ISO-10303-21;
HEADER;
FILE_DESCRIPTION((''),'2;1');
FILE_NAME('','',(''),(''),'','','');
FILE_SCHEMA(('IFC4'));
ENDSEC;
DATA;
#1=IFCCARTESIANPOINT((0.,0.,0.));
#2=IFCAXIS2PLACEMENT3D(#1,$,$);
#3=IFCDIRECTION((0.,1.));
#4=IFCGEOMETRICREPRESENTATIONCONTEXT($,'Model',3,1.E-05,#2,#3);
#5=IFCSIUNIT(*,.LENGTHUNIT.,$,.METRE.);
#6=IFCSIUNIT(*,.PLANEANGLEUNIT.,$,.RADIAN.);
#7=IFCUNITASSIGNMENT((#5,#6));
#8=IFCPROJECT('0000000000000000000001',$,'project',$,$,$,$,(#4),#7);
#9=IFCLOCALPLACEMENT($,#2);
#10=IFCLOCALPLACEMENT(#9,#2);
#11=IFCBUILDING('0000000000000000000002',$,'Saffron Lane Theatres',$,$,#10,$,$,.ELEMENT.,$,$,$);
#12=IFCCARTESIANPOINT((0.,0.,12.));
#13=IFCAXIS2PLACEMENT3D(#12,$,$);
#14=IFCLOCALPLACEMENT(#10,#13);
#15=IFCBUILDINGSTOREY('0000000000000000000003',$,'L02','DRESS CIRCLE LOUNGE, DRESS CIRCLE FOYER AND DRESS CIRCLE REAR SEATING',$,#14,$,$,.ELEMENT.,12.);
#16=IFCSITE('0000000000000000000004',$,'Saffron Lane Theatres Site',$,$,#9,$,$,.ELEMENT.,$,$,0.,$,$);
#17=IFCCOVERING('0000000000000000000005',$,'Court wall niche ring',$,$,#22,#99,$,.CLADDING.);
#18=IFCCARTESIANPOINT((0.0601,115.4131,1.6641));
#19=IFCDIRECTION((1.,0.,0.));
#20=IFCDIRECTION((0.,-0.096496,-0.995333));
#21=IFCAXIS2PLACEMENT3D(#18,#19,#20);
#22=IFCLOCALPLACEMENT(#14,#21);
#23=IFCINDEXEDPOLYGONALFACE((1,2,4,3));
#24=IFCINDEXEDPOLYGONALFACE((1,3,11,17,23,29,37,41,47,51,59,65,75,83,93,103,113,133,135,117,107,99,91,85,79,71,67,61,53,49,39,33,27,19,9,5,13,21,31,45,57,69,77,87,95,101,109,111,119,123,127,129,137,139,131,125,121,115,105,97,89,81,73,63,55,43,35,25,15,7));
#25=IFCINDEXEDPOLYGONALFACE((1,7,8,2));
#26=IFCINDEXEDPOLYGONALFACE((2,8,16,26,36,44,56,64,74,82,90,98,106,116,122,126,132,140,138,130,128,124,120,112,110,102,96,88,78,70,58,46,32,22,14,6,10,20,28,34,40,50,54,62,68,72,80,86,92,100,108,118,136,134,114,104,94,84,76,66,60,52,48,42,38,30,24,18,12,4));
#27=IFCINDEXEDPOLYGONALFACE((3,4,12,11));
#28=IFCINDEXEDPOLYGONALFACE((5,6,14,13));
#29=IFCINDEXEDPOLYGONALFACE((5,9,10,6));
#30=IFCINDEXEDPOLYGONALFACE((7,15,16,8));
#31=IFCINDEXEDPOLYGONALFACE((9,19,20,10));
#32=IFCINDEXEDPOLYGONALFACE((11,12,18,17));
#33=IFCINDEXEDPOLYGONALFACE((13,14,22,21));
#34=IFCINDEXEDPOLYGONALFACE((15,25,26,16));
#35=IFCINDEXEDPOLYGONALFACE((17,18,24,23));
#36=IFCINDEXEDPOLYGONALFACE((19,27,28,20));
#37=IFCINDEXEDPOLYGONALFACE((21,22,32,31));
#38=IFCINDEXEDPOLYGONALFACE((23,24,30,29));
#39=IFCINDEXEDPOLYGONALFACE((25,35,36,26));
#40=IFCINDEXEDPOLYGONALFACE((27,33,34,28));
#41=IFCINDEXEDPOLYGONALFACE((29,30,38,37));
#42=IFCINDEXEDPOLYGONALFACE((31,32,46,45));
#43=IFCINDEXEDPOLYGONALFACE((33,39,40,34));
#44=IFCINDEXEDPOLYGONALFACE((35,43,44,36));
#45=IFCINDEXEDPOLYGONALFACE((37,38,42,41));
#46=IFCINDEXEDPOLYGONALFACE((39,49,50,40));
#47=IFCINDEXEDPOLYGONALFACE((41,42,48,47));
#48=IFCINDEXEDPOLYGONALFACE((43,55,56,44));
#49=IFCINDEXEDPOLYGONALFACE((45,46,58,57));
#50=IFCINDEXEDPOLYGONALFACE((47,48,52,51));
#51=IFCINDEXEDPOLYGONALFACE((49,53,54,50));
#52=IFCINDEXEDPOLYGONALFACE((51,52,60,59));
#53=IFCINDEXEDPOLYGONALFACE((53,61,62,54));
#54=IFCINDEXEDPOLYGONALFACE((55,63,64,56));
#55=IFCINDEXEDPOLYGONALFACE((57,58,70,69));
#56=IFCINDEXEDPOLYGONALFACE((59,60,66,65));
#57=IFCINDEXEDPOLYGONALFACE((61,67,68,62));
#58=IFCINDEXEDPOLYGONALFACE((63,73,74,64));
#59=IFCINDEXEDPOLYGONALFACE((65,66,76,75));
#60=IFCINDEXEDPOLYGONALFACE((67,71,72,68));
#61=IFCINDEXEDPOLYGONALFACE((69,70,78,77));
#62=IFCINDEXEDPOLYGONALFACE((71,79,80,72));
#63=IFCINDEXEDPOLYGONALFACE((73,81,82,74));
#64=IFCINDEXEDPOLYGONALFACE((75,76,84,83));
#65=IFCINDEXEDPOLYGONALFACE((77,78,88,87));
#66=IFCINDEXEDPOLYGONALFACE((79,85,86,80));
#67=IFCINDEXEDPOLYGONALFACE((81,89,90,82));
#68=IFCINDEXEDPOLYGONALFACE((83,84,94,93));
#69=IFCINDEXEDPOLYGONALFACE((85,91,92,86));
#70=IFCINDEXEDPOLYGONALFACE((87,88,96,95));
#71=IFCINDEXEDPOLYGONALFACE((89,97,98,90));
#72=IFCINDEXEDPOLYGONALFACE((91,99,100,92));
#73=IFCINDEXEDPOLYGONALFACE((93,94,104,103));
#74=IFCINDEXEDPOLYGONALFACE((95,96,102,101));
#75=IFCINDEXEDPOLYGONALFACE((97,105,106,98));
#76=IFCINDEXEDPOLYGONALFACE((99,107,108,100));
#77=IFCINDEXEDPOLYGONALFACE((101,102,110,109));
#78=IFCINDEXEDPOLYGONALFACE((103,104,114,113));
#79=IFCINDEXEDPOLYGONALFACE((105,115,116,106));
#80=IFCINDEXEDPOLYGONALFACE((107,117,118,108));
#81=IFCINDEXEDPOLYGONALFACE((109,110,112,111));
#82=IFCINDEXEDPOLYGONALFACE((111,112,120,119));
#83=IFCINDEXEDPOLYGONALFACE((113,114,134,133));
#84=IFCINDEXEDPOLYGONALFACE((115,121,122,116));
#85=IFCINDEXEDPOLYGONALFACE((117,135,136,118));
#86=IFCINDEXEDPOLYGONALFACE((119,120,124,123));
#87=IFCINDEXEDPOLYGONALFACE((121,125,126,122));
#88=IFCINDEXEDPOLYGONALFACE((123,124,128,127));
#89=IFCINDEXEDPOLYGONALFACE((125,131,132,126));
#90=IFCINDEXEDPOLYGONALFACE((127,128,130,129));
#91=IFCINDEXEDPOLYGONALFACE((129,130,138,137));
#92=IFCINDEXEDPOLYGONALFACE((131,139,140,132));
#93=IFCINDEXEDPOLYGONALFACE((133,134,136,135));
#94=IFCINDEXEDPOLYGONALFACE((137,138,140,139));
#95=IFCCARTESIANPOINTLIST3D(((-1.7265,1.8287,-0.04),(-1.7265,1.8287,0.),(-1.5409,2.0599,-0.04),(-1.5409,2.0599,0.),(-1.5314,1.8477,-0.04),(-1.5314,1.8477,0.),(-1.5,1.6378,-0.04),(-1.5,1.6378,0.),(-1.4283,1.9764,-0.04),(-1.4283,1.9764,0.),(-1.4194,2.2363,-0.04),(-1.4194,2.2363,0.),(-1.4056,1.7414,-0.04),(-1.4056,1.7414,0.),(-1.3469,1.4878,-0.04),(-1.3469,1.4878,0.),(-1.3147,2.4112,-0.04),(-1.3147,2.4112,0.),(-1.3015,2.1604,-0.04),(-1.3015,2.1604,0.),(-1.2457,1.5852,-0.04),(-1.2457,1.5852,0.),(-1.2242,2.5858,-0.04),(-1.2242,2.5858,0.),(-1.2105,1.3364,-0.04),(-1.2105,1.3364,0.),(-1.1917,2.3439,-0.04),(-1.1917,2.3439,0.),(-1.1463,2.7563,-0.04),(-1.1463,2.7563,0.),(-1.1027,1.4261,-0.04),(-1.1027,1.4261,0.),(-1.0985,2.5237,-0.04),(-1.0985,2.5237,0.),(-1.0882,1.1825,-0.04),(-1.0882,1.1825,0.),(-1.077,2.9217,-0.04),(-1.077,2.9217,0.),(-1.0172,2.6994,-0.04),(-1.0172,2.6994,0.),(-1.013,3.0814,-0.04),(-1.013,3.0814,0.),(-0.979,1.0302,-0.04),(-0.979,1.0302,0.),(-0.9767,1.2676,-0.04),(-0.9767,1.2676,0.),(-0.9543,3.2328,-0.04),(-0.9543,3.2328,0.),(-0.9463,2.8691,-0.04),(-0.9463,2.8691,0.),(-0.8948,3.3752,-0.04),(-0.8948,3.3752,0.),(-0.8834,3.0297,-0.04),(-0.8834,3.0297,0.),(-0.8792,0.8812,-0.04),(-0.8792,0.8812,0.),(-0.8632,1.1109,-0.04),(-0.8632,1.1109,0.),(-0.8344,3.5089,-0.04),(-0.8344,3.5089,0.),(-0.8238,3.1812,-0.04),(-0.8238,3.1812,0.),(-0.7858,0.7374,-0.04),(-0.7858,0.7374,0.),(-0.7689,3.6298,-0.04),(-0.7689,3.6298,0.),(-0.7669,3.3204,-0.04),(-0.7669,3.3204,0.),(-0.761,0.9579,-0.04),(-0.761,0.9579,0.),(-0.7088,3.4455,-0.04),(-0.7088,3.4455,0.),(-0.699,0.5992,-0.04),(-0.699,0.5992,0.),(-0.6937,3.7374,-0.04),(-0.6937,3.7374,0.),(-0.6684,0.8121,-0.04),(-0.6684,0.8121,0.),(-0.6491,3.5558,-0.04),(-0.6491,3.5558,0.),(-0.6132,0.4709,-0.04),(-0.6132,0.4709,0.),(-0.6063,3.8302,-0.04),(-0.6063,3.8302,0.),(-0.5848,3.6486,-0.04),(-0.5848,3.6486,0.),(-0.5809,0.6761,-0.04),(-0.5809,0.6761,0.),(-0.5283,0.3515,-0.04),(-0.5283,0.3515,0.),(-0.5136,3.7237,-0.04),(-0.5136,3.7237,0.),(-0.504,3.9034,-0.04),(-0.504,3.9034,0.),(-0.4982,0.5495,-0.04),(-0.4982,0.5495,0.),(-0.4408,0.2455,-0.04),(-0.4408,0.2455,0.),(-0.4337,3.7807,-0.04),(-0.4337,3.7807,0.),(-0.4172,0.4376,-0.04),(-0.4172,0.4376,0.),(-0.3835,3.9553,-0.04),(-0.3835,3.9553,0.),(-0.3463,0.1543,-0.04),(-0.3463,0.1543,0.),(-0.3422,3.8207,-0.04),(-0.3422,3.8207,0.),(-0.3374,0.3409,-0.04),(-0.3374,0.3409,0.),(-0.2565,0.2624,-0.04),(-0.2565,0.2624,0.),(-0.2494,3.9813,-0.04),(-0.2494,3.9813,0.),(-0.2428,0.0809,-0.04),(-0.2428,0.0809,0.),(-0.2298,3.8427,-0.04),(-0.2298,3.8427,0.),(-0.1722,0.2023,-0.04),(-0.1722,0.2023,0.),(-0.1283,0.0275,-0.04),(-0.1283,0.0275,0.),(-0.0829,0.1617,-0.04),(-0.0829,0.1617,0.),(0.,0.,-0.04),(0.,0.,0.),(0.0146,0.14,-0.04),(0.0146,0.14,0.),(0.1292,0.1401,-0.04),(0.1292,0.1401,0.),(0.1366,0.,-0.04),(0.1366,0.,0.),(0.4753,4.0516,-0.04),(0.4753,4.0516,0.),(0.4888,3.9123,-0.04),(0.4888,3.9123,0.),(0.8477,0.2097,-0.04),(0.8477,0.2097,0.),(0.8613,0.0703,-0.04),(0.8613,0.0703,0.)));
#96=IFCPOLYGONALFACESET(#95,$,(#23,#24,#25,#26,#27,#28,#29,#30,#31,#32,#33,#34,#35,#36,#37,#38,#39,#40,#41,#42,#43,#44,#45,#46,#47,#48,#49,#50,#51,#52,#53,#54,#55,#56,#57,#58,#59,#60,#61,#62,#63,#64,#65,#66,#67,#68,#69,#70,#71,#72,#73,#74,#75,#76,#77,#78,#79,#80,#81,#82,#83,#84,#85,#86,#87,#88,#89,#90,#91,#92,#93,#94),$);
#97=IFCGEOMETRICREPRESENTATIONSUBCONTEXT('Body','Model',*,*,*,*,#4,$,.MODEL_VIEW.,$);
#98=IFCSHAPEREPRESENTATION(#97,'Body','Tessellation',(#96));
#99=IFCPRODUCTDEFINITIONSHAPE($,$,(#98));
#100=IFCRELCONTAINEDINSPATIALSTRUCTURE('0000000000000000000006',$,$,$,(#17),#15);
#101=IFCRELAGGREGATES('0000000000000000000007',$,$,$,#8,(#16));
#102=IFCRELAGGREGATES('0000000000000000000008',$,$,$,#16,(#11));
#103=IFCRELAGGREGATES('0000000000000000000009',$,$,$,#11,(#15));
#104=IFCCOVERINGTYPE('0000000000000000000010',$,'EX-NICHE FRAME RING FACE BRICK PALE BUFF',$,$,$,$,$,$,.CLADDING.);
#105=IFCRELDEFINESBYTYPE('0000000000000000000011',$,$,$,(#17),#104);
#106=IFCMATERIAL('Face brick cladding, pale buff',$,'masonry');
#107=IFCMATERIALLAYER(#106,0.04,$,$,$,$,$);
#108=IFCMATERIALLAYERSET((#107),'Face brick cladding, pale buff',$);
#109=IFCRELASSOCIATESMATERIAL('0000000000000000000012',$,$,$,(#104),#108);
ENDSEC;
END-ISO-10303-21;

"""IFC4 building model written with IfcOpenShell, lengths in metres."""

from ifc_helpers import new_model, si_unit, direction, frame, origin, place, context, subcontext, project, spatial, polyline, outline, extrude, material, layer, layer_set, type_object, element, save


model = new_model("IFC4")

# Units and contexts
model_context = context("Model", 3, precision=1e-05, world=origin(), true_north=direction((0.0, 1.0)))
body_context = subcontext(model_context, "Body", "Model", "MODEL_VIEW")
ifc_project = project(units=[si_unit("LENGTHUNIT", "METRE"), si_unit("PLANEANGLEUNIT", "RADIAN")], contexts=[model_context])

# Site, building, storey
site_placement = place(None, origin())
site = spatial("IfcSite", under=ifc_project, at=site_placement, Name="Saffron Lane Theatres Site", CompositionType="ELEMENT", RefElevation=0.0)
building_placement = place(site_placement, origin())
building = spatial("IfcBuilding", under=site, at=building_placement, Name="Saffron Lane Theatres", CompositionType="ELEMENT")
storey_placement = place(building_placement, frame((0.0, 0.0, 12.0)))
storey = spatial("IfcBuildingStorey", under=building, at=storey_placement, Name="L02", Description="DRESS CIRCLE LOUNGE, DRESS CIRCLE FOYER AND DRESS CIRCLE REAR SEATING", CompositionType="ELEMENT", Elevation=12.0)

# Covering
ifc_material_1 = material(Name="Face brick cladding, pale buff", Category="masonry")
ifc_layer_1 = layer(ifc_material_1, 0.04)
ifc_layer_set_1 = layer_set([ifc_layer_1], Name="Face brick cladding, pale buff")
covering_type_1 = type_object("IfcCoveringType", Name="EX-NICHE FRAME RING FACE BRICK PALE BUFF", PredefinedType="CLADDING", material=ifc_layer_set_1)
covering_1_placement = place(storey_placement, frame((0.0601, 115.4131, 1.6641), z_axis=(1.0, 0.0, 0.0), x_axis=(0.0, -0.096496, -0.995333)))
element("IfcCovering", 1, at=covering_1_placement, inside=storey, type_object=covering_type_1, Name="Court wall niche ring", PredefinedType="CLADDING", context=body_context, shape_type="SweptSolid", body=[
    extrude(outline(polyline([(0.0, 0.0), (0.1366, 0.0), (0.8613, 0.0703), (0.8477, 0.2097), (0.1292, 0.1401), (0.0146, 0.14), (-0.0829, 0.1617), (-0.1722, 0.2023), (-0.2565, 0.2624), (-0.3374, 0.3409), (-0.4172, 0.4376), (-0.4982, 0.5495), (-0.5809, 0.6761), (-0.6684, 0.8121), (-0.761, 0.9579), (-0.8632, 1.1109), (-0.9767, 1.2676), (-1.1027, 1.4261), (-1.2457, 1.5852), (-1.4056, 1.7414), (-1.5314, 1.8477), (-1.4283, 1.9764), (-1.3015, 2.1604), (-1.1917, 2.3439), (-1.0985, 2.5237), (-1.0172, 2.6994), (-0.9463, 2.8691), (-0.8834, 3.0297), (-0.8238, 3.1812), (-0.7669, 3.3204), (-0.7088, 3.4455), (-0.6491, 3.5558), (-0.5848, 3.6486), (-0.5136, 3.7237), (-0.4337, 3.7807), (-0.3422, 3.8207), (-0.2298, 3.8427), (0.4888, 3.9123), (0.4753, 4.0516), (-0.2494, 3.9813), (-0.3835, 3.9553), (-0.504, 3.9034), (-0.6063, 3.8302), (-0.6937, 3.7374), (-0.7689, 3.6298), (-0.8344, 3.5089), (-0.8948, 3.3752), (-0.9543, 3.2328), (-1.013, 3.0814), (-1.077, 2.9217), (-1.1463, 2.7563), (-1.2242, 2.5858), (-1.3147, 2.4112), (-1.4194, 2.2363), (-1.5409, 2.0599), (-1.7265, 1.8287), (-1.5, 1.6378), (-1.3469, 1.4878), (-1.2105, 1.3364), (-1.0882, 1.1825), (-0.979, 1.0302), (-0.8792, 0.8812), (-0.7858, 0.7374), (-0.699, 0.5992), (-0.6132, 0.4709), (-0.5283, 0.3515), (-0.4408, 0.2455), (-0.3463, 0.1543), (-0.2428, 0.0809), (-0.1283, 0.0275), (0.0, 0.0)])), origin(), (0.0, 0.0, -1.0), 0.04),
])

save(model, "model.ifc")
